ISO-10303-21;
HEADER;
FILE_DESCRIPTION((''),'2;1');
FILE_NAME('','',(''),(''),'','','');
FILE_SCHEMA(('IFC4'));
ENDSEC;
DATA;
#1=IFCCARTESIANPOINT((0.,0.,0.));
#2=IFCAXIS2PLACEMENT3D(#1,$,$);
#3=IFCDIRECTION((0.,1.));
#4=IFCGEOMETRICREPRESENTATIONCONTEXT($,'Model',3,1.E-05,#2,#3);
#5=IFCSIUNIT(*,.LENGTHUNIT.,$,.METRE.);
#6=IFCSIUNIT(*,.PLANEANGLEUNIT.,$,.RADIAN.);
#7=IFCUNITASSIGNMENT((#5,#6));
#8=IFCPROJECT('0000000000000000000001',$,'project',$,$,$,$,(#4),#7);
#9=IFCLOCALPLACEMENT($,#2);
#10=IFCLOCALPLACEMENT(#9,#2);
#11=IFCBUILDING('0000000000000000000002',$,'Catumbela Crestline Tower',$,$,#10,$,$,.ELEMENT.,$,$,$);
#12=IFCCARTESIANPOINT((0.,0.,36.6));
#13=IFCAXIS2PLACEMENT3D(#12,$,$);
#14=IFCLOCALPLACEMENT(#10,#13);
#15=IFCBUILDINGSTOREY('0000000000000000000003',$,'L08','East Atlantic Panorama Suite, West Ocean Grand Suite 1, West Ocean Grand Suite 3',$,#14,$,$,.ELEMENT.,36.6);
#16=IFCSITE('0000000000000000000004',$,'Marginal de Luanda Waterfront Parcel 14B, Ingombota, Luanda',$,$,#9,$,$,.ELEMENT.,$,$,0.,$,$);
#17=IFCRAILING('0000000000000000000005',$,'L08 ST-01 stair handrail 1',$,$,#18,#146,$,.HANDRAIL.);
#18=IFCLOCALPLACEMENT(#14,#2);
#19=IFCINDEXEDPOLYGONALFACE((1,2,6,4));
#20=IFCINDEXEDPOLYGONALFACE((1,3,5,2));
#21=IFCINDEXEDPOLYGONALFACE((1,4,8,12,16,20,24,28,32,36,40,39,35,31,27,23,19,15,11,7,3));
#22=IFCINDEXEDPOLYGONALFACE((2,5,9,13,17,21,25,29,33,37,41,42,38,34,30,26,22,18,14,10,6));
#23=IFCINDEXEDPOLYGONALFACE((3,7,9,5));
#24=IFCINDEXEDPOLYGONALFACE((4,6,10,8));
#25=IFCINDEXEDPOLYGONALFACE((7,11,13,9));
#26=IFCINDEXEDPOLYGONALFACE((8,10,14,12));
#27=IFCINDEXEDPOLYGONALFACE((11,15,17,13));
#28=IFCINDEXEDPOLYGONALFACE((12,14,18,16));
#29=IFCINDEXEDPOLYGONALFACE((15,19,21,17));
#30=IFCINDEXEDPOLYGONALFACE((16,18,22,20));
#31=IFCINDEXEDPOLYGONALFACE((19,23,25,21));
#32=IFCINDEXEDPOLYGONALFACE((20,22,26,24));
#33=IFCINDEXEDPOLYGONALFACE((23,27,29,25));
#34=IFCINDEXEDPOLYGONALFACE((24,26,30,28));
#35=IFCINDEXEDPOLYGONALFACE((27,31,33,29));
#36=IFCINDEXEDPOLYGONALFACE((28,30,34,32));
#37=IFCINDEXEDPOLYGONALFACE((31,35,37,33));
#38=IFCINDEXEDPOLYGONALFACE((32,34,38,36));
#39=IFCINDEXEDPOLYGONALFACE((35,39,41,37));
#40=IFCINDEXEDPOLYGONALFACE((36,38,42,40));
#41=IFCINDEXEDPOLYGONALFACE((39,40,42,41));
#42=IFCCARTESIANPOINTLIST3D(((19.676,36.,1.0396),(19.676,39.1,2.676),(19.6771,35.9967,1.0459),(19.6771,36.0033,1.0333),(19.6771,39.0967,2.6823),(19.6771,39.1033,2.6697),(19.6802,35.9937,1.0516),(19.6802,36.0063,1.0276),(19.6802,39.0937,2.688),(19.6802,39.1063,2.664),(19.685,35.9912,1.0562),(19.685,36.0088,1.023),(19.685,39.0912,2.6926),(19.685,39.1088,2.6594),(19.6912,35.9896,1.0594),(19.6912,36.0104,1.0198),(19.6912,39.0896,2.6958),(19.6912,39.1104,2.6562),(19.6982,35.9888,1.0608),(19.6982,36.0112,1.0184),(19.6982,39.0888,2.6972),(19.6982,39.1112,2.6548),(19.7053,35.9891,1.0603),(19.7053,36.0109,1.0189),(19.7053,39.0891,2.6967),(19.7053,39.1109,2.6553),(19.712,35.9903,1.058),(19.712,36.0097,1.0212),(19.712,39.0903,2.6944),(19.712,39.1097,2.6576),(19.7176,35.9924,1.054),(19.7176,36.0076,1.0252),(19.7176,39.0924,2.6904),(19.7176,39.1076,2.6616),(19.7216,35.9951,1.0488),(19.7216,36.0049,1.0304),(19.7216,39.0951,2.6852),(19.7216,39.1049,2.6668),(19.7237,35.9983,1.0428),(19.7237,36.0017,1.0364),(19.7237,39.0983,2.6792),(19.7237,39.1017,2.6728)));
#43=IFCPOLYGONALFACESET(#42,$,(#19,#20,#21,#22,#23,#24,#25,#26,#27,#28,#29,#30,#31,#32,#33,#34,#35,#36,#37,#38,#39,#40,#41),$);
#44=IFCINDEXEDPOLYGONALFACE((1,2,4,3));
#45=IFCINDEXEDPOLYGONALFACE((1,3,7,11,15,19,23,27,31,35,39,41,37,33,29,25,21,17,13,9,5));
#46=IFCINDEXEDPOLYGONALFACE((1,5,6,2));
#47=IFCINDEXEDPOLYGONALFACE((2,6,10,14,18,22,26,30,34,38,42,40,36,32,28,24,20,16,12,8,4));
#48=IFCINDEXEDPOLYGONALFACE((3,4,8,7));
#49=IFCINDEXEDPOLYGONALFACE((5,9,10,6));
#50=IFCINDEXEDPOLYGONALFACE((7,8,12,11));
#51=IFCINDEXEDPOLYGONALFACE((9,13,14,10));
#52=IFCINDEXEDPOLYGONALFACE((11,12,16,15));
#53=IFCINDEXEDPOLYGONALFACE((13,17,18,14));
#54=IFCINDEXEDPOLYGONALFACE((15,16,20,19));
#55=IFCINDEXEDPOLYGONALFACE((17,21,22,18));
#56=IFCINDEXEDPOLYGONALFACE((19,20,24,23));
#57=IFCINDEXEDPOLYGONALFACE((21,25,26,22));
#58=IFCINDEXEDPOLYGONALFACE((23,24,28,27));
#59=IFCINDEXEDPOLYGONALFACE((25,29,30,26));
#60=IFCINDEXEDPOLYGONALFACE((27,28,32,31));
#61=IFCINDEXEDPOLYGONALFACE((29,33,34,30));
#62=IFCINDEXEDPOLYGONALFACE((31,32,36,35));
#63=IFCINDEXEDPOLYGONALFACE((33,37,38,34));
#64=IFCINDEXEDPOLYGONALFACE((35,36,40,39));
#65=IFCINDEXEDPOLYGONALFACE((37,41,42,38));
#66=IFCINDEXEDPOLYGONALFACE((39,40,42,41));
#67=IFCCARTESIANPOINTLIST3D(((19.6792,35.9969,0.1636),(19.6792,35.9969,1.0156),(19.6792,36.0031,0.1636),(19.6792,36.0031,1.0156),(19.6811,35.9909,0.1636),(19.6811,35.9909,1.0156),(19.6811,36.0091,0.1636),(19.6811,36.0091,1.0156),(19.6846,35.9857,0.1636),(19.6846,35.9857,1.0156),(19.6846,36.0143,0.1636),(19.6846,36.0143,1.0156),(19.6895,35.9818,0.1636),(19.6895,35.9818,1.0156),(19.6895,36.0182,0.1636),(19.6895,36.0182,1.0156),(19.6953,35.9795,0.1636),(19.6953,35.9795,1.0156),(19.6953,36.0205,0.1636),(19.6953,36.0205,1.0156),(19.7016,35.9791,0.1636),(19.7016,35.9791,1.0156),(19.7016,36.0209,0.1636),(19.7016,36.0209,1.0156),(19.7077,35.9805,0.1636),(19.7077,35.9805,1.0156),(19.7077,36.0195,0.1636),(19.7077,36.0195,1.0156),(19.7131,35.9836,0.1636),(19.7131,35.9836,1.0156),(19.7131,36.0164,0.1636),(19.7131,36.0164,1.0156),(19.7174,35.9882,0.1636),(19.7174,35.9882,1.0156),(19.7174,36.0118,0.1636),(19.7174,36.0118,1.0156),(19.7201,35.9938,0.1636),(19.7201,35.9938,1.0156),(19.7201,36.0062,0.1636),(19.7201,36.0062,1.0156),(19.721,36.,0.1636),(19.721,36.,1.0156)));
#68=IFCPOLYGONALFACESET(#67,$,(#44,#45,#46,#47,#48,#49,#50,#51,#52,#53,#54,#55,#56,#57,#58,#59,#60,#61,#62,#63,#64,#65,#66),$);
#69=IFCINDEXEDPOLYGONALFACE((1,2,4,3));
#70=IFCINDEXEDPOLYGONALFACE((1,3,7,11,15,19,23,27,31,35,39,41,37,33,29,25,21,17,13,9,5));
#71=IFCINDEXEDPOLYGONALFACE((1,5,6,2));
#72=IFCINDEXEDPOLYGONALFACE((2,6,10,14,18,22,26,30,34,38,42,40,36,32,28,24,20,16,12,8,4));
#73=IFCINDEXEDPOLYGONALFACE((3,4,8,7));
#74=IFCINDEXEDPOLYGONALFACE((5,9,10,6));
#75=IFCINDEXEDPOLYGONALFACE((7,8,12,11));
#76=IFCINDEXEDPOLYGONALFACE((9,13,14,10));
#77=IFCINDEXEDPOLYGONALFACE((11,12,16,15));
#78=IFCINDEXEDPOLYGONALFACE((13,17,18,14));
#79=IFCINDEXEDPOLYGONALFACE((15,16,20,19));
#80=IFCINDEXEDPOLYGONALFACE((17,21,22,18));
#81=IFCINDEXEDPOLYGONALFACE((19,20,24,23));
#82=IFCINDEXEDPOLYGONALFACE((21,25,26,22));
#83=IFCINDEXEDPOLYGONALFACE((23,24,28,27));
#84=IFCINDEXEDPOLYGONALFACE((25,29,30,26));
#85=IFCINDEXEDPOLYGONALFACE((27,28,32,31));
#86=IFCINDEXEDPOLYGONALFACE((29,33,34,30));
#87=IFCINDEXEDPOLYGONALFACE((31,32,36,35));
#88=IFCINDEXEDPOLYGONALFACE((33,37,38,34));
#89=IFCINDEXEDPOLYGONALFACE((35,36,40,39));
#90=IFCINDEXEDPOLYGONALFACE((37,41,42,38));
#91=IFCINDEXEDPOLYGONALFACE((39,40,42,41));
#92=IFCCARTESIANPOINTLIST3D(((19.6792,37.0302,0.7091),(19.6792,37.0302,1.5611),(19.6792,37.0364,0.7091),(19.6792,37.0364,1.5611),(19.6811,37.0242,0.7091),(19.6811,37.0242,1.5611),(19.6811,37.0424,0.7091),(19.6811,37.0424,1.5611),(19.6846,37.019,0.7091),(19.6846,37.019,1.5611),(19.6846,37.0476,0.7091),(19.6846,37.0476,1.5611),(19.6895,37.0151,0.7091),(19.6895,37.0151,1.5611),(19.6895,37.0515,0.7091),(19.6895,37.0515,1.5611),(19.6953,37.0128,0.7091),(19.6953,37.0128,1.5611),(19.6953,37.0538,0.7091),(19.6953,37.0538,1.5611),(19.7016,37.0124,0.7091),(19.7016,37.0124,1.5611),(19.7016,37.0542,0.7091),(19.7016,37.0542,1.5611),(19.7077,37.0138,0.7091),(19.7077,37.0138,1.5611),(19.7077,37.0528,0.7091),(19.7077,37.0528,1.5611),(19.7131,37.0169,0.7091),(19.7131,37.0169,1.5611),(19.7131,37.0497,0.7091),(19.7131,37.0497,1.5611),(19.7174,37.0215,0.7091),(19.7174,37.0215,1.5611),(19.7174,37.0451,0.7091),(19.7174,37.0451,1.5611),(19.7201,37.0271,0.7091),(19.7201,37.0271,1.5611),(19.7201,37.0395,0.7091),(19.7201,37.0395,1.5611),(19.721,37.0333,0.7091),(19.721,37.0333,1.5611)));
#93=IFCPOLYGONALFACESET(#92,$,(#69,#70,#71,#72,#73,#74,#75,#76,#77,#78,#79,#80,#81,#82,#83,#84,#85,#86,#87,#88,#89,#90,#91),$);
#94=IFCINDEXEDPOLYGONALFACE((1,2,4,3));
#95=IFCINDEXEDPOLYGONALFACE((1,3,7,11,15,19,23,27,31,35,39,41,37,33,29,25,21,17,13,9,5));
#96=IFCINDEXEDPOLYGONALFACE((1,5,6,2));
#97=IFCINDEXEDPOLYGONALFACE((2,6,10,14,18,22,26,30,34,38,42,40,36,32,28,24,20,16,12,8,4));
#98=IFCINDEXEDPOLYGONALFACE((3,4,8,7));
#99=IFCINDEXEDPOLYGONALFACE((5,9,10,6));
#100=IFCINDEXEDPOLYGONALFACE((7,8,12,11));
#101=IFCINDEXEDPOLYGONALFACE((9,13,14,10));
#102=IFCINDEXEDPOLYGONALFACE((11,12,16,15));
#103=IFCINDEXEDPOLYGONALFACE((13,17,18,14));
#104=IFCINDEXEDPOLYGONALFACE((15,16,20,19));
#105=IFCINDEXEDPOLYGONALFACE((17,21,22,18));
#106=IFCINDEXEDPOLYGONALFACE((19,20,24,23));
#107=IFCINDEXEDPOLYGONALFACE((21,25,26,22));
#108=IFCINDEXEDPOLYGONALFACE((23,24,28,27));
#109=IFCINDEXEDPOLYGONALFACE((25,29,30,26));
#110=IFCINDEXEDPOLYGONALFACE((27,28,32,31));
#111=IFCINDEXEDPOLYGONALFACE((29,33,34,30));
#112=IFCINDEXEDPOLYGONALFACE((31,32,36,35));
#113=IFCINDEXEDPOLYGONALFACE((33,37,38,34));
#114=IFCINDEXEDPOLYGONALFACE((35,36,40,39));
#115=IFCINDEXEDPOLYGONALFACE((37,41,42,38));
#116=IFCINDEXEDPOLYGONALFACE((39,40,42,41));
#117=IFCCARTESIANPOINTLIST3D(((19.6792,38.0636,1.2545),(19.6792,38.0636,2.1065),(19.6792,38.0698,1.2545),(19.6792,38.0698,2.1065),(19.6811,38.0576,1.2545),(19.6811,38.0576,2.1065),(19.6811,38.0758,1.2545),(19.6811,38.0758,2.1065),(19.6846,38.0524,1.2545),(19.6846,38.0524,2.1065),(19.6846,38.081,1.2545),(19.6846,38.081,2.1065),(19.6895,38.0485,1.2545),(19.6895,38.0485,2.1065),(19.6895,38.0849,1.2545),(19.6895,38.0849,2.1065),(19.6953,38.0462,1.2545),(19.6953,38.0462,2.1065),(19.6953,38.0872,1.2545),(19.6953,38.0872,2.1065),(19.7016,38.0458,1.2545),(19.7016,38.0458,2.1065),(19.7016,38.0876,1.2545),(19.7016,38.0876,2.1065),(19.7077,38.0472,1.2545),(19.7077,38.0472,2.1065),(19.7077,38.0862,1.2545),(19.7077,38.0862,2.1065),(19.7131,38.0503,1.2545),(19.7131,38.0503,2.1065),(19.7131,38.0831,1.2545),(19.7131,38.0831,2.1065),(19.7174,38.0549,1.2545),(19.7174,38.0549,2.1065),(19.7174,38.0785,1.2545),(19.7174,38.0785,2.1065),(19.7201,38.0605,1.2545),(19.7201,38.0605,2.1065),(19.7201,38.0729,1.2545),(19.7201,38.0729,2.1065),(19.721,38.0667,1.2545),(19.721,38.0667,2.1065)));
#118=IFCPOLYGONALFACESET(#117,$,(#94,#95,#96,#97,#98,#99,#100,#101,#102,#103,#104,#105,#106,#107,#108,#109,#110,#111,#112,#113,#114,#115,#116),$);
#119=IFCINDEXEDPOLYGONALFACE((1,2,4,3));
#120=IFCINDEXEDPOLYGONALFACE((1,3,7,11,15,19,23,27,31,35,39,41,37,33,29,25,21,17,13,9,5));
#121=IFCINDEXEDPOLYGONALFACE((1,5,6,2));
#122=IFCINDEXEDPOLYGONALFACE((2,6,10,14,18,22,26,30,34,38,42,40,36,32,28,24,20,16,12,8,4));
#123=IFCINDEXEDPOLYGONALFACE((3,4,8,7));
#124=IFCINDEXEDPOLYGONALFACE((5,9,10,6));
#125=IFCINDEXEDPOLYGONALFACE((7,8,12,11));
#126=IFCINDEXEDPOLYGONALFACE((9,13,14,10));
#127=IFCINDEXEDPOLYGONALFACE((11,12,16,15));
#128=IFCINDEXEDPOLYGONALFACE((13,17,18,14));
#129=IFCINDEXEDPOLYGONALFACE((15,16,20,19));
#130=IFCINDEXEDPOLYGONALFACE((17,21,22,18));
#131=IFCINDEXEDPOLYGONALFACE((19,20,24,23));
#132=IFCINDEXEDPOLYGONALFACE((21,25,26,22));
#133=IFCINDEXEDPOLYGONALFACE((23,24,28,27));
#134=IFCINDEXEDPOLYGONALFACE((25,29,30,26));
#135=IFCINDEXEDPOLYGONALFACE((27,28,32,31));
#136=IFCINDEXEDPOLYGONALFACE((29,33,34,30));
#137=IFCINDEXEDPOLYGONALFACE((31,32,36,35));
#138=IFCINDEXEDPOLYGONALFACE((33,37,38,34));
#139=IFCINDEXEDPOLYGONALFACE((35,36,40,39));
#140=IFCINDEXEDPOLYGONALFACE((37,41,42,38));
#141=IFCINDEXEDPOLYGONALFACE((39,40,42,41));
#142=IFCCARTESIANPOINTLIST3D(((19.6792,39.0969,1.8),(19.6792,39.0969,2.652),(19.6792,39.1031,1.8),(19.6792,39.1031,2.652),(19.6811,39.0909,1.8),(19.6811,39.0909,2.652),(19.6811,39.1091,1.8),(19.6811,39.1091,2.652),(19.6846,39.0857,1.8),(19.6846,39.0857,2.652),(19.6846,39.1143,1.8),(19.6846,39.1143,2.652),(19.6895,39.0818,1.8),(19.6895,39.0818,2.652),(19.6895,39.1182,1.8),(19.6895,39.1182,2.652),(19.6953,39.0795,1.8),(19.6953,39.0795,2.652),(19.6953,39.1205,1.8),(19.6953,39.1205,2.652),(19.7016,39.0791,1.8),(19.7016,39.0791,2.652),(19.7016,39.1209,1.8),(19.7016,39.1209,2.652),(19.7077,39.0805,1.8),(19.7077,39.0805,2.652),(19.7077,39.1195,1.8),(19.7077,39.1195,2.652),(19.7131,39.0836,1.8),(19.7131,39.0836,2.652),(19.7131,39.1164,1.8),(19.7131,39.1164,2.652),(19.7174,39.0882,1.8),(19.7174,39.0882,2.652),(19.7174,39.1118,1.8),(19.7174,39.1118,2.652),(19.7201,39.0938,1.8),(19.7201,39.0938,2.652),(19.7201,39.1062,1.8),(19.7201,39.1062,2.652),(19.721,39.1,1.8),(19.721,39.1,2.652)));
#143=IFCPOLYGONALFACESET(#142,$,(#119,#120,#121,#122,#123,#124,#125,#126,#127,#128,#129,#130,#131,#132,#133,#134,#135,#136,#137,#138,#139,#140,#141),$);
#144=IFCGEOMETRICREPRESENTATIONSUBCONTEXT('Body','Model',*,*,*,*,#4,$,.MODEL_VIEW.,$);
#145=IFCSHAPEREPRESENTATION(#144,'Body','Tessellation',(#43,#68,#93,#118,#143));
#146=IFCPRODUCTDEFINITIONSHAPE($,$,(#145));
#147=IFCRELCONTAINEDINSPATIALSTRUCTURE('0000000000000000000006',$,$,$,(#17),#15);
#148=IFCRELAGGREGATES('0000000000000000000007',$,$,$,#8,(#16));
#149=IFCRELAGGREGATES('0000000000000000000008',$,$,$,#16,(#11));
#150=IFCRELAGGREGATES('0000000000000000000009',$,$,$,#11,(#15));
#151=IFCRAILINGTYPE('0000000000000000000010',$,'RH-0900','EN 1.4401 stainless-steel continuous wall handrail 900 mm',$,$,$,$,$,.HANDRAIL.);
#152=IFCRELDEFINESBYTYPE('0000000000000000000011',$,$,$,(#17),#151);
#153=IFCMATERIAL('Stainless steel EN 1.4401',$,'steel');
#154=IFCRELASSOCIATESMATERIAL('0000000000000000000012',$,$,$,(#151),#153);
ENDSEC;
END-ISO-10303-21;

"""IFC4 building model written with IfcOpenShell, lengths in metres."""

from ifc_helpers import new_model, si_unit, direction, frame, origin, origin_2d, place, context, subcontext, project, spatial, circle, extrude, material, type_object, element, save


model = new_model("IFC4")

# Units and contexts
model_context = context("Model", 3, precision=1e-05, world=origin(), true_north=direction((0.0, 1.0)))
body_context = subcontext(model_context, "Body", "Model", "MODEL_VIEW")
ifc_project = project(units=[si_unit("LENGTHUNIT", "METRE"), si_unit("PLANEANGLEUNIT", "RADIAN")], contexts=[model_context])

# Site, building, storey
site_placement = place(None, origin())
site = spatial("IfcSite", under=ifc_project, at=site_placement, Name="Marginal de Luanda Waterfront Parcel 14B, Ingombota, Luanda", CompositionType="ELEMENT", RefElevation=0.0)
building_placement = place(site_placement, origin())
building = spatial("IfcBuilding", under=site, at=building_placement, Name="Catumbela Crestline Tower", CompositionType="ELEMENT")
storey_placement = place(building_placement, frame((0.0, 0.0, 36.6)))
storey = spatial("IfcBuildingStorey", under=building, at=storey_placement, Name="L08", Description="East Atlantic Panorama Suite, West Ocean Grand Suite 1, West Ocean Grand Suite 3", CompositionType="ELEMENT", Elevation=36.6)

# Shared definitions
ifc_material_1 = material(Name="Stainless steel EN 1.4401", Category="steel")

# Railing
railing_type_1 = type_object("IfcRailingType", Name="RH-0900", Description="EN 1.4401 stainless-steel continuous wall handrail 900 mm", PredefinedType="HANDRAIL", material=ifc_material_1)
railing_1_placement = place(storey_placement, frame((19.7, 36.0, 0.1636)))
element("IfcRailing", 1, at=railing_1_placement, inside=storey, type_object=railing_type_1, Name="L08 ST-01 stair handrail 1", PredefinedType="HANDRAIL", context=body_context, shape_type="SweptSolid", body=[
    extrude(circle(Radius=0.024, at=origin_2d()), frame((0.0, 0.0, 0.876), z_axis=(0.0, 0.884351, 0.466823), x_axis=(-1.0, 0.0, 0.0)), (0.0, 0.0, 1.0), 3.5054),
    extrude(circle(Radius=0.021, at=origin_2d()), origin(), (0.0, 0.0, 1.0), 0.852),
    extrude(circle(Radius=0.021, at=origin_2d()), frame((0.0, 1.0333, 0.5455)), (0.0, 0.0, 1.0), 0.852),
    extrude(circle(Radius=0.021, at=origin_2d()), frame((0.0, 2.0667, 1.0909)), (0.0, 0.0, 1.0), 0.852),
    extrude(circle(Radius=0.021, at=origin_2d()), frame((0.0, 3.1, 1.6364)), (0.0, 0.0, 1.0), 0.852),
])

save(model, "model.ifc")
